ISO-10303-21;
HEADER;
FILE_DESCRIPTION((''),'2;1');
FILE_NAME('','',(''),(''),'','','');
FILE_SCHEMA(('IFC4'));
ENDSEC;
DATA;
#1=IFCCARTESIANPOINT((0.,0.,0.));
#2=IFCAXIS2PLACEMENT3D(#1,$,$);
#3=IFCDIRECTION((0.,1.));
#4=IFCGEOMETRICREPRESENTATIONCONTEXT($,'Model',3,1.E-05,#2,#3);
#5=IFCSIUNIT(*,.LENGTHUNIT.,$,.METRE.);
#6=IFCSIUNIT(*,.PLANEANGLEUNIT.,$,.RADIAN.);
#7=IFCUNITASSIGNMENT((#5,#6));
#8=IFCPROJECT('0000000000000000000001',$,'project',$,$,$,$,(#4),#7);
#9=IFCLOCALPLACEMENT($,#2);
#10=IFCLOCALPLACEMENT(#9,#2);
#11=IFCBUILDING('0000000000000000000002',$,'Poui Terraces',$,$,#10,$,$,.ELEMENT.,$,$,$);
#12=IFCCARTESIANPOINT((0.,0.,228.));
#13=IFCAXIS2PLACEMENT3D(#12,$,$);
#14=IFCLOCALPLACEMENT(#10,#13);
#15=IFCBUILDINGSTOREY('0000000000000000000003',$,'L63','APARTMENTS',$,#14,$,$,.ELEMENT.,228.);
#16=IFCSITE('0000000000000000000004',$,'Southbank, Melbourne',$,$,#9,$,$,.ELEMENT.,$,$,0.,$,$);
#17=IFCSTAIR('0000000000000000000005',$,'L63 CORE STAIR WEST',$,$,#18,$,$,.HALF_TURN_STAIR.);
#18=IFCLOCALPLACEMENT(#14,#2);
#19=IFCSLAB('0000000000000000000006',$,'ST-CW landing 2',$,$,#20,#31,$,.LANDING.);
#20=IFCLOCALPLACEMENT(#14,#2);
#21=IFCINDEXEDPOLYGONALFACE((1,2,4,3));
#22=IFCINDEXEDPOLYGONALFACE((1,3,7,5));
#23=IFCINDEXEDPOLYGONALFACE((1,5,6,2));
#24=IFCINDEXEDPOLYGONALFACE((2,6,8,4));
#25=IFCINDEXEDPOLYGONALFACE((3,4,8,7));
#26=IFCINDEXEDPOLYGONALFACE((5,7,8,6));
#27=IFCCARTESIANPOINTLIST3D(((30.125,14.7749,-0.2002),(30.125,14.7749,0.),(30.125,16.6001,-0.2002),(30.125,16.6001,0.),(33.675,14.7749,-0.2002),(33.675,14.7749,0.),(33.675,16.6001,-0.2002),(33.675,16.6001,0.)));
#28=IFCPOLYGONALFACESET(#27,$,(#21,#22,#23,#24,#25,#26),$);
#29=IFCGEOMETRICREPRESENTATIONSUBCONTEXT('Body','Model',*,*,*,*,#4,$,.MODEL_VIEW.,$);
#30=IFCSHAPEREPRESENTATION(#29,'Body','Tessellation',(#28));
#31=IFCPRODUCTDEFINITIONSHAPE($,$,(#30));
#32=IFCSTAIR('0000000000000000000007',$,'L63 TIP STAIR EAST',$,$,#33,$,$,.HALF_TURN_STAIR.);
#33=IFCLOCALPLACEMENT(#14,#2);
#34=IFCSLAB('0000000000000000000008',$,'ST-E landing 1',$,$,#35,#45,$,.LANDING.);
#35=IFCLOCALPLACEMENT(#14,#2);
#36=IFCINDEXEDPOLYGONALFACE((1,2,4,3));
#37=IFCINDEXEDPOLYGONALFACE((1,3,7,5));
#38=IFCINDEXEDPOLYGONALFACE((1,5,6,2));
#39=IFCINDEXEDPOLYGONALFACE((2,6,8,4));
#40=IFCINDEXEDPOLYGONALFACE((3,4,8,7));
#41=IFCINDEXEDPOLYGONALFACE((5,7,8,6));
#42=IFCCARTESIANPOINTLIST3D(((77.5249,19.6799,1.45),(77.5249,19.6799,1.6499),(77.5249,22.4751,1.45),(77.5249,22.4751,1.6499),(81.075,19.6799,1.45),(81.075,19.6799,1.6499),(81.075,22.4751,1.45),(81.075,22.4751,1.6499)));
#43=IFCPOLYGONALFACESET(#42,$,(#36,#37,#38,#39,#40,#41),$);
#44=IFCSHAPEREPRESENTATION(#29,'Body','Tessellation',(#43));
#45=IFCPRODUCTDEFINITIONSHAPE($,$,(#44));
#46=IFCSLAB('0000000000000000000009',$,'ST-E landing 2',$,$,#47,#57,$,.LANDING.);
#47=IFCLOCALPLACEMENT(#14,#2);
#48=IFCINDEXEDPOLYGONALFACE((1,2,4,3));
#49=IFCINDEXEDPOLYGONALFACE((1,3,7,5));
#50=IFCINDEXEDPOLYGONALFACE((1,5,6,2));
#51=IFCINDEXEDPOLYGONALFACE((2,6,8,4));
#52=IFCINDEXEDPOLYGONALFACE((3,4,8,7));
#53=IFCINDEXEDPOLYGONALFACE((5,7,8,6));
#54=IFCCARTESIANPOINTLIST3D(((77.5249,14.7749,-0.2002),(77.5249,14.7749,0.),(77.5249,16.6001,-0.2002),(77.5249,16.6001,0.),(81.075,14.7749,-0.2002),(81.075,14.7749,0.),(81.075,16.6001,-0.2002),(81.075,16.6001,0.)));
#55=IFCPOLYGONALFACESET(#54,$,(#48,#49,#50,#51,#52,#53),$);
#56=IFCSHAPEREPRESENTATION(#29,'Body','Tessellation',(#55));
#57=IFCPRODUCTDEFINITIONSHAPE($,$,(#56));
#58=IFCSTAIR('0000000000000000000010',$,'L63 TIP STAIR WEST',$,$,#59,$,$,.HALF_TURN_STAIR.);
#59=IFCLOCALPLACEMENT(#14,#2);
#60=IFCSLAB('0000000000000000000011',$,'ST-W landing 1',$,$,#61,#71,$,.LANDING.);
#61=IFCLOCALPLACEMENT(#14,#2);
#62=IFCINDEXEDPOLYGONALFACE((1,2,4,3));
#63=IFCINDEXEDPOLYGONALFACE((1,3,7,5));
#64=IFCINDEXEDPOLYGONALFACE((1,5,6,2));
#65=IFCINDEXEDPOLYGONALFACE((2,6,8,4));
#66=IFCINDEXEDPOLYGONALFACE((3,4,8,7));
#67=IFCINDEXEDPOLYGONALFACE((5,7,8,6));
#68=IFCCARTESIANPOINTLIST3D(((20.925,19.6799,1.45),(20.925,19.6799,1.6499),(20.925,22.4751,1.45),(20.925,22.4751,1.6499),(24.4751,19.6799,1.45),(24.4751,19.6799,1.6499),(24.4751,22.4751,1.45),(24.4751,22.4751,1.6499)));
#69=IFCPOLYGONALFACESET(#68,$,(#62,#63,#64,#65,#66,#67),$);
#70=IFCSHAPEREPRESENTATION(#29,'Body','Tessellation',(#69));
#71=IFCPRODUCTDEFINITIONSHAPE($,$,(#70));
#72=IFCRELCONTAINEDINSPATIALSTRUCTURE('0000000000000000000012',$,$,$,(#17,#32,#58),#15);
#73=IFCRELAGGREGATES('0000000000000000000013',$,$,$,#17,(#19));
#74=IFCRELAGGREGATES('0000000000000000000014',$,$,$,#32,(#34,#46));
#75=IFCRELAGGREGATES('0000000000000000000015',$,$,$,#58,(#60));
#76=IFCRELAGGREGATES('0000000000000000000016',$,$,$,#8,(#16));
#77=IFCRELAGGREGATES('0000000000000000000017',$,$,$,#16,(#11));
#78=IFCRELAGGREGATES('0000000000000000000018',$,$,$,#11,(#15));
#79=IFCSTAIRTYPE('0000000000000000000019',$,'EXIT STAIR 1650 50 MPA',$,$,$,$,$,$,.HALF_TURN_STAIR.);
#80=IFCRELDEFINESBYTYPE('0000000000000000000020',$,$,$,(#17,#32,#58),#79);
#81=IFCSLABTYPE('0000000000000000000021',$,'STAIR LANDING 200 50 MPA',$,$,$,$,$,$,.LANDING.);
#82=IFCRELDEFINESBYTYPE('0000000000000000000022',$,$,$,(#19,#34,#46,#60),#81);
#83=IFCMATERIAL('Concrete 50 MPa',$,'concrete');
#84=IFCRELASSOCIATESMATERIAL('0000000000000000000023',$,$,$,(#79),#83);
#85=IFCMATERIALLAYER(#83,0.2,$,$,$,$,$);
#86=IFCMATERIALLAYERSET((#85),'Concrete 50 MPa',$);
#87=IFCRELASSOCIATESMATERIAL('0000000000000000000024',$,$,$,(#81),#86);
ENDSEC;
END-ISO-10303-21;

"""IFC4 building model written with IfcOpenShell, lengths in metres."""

from ifc_helpers import new_model, si_unit, direction, frame, origin, place, context, subcontext, project, spatial, polyline, outline, extrude, material, layer, layer_set, type_object, element, aggregate, save


model = new_model("IFC4")

# Units and contexts
model_context = context("Model", 3, precision=1e-05, world=origin(), true_north=direction((0.0, 1.0)))
body_context = subcontext(model_context, "Body", "Model", "MODEL_VIEW")
ifc_project = project(units=[si_unit("LENGTHUNIT", "METRE"), si_unit("PLANEANGLEUNIT", "RADIAN")], contexts=[model_context])

# Site, building, storey
site_placement = place(None, origin())
site = spatial("IfcSite", under=ifc_project, at=site_placement, Name="Southbank, Melbourne", CompositionType="ELEMENT", RefElevation=0.0)
building_placement = place(site_placement, origin())
building = spatial("IfcBuilding", under=site, at=building_placement, Name="Poui Terraces", CompositionType="ELEMENT")
storey_placement = place(building_placement, frame((0.0, 0.0, 228.0)))
storey = spatial("IfcBuildingStorey", under=building, at=storey_placement, Name="L63", Description="APARTMENTS", CompositionType="ELEMENT", Elevation=228.0)

# Stair, slab
ifc_material = material(Name="Concrete 50 MPa", Category="concrete")
stair_type = type_object("IfcStairType", Name="EXIT STAIR 1650 50 MPA", PredefinedType="HALF_TURN_STAIR", material=ifc_material)
stair_1_placement = place(storey_placement, origin())
stair_1 = element("IfcStair", 1, at=stair_1_placement, inside=storey, type_object=stair_type, Name="L63 CORE STAIR WEST", PredefinedType="HALF_TURN_STAIR")
ifc_layer = layer(ifc_material, 0.2)
ifc_layer_set = layer_set([ifc_layer], Name="Concrete 50 MPa")
slab_type = type_object("IfcSlabType", Name="STAIR LANDING 200 50 MPA", PredefinedType="LANDING", material=ifc_layer_set)
slab_1_placement = place(storey_placement, frame((0.0, 0.0, -0.2002)))
slab_1 = element("IfcSlab", 2, at=slab_1_placement, type_object=slab_type, Name="ST-CW landing 2", PredefinedType="LANDING", context=body_context, shape_type="SweptSolid", body=[
    extrude(outline(polyline([(30.125, 14.7749), (33.675, 14.7749), (33.675, 16.6001), (30.125, 16.6001), (30.125, 14.7749)])), origin(), (0.0, 0.0, 1.0), 0.2002),
])
aggregate(stair_1, [slab_1])

# Stair, slabs
stair_2_placement = place(storey_placement, origin())
stair_2 = element("IfcStair", 3, at=stair_2_placement, inside=storey, type_object=stair_type, Name="L63 TIP STAIR EAST", PredefinedType="HALF_TURN_STAIR")
slab_2_placement = place(storey_placement, frame((0.0, 0.0, 1.45)))
slab_2 = element("IfcSlab", 4, at=slab_2_placement, type_object=slab_type, Name="ST-E landing 1", PredefinedType="LANDING", context=body_context, shape_type="SweptSolid", body=[
    extrude(outline(polyline([(77.5249, 19.6799), (81.075, 19.6799), (81.075, 22.4751), (77.5249, 22.4751), (77.5249, 19.6799)])), origin(), (0.0, 0.0, 1.0), 0.2),
])
slab_3_placement = place(storey_placement, frame((0.0, 0.0, -0.2002)))
slab_3 = element("IfcSlab", 5, at=slab_3_placement, type_object=slab_type, Name="ST-E landing 2", PredefinedType="LANDING", context=body_context, shape_type="SweptSolid", body=[
    extrude(outline(polyline([(77.5249, 14.7749), (81.075, 14.7749), (81.075, 16.6001), (77.5249, 16.6001), (77.5249, 14.7749)])), origin(), (0.0, 0.0, 1.0), 0.2002),
])
aggregate(stair_2, [slab_2, slab_3])

# Stair, slab
stair_3_placement = place(storey_placement, origin())
stair_3 = element("IfcStair", 6, at=stair_3_placement, inside=storey, type_object=stair_type, Name="L63 TIP STAIR WEST", PredefinedType="HALF_TURN_STAIR")
slab_4_placement = place(storey_placement, frame((0.0, 0.0, 1.45)))
slab_4 = element("IfcSlab", 7, at=slab_4_placement, type_object=slab_type, Name="ST-W landing 1", PredefinedType="LANDING", context=body_context, shape_type="SweptSolid", body=[
    extrude(outline(polyline([(20.925, 19.6799), (24.4751, 19.6799), (24.4751, 22.4751), (20.925, 22.4751), (20.925, 19.6799)])), origin(), (0.0, 0.0, 1.0), 0.2),
])
aggregate(stair_3, [slab_4])

save(model, "model.ifc")
